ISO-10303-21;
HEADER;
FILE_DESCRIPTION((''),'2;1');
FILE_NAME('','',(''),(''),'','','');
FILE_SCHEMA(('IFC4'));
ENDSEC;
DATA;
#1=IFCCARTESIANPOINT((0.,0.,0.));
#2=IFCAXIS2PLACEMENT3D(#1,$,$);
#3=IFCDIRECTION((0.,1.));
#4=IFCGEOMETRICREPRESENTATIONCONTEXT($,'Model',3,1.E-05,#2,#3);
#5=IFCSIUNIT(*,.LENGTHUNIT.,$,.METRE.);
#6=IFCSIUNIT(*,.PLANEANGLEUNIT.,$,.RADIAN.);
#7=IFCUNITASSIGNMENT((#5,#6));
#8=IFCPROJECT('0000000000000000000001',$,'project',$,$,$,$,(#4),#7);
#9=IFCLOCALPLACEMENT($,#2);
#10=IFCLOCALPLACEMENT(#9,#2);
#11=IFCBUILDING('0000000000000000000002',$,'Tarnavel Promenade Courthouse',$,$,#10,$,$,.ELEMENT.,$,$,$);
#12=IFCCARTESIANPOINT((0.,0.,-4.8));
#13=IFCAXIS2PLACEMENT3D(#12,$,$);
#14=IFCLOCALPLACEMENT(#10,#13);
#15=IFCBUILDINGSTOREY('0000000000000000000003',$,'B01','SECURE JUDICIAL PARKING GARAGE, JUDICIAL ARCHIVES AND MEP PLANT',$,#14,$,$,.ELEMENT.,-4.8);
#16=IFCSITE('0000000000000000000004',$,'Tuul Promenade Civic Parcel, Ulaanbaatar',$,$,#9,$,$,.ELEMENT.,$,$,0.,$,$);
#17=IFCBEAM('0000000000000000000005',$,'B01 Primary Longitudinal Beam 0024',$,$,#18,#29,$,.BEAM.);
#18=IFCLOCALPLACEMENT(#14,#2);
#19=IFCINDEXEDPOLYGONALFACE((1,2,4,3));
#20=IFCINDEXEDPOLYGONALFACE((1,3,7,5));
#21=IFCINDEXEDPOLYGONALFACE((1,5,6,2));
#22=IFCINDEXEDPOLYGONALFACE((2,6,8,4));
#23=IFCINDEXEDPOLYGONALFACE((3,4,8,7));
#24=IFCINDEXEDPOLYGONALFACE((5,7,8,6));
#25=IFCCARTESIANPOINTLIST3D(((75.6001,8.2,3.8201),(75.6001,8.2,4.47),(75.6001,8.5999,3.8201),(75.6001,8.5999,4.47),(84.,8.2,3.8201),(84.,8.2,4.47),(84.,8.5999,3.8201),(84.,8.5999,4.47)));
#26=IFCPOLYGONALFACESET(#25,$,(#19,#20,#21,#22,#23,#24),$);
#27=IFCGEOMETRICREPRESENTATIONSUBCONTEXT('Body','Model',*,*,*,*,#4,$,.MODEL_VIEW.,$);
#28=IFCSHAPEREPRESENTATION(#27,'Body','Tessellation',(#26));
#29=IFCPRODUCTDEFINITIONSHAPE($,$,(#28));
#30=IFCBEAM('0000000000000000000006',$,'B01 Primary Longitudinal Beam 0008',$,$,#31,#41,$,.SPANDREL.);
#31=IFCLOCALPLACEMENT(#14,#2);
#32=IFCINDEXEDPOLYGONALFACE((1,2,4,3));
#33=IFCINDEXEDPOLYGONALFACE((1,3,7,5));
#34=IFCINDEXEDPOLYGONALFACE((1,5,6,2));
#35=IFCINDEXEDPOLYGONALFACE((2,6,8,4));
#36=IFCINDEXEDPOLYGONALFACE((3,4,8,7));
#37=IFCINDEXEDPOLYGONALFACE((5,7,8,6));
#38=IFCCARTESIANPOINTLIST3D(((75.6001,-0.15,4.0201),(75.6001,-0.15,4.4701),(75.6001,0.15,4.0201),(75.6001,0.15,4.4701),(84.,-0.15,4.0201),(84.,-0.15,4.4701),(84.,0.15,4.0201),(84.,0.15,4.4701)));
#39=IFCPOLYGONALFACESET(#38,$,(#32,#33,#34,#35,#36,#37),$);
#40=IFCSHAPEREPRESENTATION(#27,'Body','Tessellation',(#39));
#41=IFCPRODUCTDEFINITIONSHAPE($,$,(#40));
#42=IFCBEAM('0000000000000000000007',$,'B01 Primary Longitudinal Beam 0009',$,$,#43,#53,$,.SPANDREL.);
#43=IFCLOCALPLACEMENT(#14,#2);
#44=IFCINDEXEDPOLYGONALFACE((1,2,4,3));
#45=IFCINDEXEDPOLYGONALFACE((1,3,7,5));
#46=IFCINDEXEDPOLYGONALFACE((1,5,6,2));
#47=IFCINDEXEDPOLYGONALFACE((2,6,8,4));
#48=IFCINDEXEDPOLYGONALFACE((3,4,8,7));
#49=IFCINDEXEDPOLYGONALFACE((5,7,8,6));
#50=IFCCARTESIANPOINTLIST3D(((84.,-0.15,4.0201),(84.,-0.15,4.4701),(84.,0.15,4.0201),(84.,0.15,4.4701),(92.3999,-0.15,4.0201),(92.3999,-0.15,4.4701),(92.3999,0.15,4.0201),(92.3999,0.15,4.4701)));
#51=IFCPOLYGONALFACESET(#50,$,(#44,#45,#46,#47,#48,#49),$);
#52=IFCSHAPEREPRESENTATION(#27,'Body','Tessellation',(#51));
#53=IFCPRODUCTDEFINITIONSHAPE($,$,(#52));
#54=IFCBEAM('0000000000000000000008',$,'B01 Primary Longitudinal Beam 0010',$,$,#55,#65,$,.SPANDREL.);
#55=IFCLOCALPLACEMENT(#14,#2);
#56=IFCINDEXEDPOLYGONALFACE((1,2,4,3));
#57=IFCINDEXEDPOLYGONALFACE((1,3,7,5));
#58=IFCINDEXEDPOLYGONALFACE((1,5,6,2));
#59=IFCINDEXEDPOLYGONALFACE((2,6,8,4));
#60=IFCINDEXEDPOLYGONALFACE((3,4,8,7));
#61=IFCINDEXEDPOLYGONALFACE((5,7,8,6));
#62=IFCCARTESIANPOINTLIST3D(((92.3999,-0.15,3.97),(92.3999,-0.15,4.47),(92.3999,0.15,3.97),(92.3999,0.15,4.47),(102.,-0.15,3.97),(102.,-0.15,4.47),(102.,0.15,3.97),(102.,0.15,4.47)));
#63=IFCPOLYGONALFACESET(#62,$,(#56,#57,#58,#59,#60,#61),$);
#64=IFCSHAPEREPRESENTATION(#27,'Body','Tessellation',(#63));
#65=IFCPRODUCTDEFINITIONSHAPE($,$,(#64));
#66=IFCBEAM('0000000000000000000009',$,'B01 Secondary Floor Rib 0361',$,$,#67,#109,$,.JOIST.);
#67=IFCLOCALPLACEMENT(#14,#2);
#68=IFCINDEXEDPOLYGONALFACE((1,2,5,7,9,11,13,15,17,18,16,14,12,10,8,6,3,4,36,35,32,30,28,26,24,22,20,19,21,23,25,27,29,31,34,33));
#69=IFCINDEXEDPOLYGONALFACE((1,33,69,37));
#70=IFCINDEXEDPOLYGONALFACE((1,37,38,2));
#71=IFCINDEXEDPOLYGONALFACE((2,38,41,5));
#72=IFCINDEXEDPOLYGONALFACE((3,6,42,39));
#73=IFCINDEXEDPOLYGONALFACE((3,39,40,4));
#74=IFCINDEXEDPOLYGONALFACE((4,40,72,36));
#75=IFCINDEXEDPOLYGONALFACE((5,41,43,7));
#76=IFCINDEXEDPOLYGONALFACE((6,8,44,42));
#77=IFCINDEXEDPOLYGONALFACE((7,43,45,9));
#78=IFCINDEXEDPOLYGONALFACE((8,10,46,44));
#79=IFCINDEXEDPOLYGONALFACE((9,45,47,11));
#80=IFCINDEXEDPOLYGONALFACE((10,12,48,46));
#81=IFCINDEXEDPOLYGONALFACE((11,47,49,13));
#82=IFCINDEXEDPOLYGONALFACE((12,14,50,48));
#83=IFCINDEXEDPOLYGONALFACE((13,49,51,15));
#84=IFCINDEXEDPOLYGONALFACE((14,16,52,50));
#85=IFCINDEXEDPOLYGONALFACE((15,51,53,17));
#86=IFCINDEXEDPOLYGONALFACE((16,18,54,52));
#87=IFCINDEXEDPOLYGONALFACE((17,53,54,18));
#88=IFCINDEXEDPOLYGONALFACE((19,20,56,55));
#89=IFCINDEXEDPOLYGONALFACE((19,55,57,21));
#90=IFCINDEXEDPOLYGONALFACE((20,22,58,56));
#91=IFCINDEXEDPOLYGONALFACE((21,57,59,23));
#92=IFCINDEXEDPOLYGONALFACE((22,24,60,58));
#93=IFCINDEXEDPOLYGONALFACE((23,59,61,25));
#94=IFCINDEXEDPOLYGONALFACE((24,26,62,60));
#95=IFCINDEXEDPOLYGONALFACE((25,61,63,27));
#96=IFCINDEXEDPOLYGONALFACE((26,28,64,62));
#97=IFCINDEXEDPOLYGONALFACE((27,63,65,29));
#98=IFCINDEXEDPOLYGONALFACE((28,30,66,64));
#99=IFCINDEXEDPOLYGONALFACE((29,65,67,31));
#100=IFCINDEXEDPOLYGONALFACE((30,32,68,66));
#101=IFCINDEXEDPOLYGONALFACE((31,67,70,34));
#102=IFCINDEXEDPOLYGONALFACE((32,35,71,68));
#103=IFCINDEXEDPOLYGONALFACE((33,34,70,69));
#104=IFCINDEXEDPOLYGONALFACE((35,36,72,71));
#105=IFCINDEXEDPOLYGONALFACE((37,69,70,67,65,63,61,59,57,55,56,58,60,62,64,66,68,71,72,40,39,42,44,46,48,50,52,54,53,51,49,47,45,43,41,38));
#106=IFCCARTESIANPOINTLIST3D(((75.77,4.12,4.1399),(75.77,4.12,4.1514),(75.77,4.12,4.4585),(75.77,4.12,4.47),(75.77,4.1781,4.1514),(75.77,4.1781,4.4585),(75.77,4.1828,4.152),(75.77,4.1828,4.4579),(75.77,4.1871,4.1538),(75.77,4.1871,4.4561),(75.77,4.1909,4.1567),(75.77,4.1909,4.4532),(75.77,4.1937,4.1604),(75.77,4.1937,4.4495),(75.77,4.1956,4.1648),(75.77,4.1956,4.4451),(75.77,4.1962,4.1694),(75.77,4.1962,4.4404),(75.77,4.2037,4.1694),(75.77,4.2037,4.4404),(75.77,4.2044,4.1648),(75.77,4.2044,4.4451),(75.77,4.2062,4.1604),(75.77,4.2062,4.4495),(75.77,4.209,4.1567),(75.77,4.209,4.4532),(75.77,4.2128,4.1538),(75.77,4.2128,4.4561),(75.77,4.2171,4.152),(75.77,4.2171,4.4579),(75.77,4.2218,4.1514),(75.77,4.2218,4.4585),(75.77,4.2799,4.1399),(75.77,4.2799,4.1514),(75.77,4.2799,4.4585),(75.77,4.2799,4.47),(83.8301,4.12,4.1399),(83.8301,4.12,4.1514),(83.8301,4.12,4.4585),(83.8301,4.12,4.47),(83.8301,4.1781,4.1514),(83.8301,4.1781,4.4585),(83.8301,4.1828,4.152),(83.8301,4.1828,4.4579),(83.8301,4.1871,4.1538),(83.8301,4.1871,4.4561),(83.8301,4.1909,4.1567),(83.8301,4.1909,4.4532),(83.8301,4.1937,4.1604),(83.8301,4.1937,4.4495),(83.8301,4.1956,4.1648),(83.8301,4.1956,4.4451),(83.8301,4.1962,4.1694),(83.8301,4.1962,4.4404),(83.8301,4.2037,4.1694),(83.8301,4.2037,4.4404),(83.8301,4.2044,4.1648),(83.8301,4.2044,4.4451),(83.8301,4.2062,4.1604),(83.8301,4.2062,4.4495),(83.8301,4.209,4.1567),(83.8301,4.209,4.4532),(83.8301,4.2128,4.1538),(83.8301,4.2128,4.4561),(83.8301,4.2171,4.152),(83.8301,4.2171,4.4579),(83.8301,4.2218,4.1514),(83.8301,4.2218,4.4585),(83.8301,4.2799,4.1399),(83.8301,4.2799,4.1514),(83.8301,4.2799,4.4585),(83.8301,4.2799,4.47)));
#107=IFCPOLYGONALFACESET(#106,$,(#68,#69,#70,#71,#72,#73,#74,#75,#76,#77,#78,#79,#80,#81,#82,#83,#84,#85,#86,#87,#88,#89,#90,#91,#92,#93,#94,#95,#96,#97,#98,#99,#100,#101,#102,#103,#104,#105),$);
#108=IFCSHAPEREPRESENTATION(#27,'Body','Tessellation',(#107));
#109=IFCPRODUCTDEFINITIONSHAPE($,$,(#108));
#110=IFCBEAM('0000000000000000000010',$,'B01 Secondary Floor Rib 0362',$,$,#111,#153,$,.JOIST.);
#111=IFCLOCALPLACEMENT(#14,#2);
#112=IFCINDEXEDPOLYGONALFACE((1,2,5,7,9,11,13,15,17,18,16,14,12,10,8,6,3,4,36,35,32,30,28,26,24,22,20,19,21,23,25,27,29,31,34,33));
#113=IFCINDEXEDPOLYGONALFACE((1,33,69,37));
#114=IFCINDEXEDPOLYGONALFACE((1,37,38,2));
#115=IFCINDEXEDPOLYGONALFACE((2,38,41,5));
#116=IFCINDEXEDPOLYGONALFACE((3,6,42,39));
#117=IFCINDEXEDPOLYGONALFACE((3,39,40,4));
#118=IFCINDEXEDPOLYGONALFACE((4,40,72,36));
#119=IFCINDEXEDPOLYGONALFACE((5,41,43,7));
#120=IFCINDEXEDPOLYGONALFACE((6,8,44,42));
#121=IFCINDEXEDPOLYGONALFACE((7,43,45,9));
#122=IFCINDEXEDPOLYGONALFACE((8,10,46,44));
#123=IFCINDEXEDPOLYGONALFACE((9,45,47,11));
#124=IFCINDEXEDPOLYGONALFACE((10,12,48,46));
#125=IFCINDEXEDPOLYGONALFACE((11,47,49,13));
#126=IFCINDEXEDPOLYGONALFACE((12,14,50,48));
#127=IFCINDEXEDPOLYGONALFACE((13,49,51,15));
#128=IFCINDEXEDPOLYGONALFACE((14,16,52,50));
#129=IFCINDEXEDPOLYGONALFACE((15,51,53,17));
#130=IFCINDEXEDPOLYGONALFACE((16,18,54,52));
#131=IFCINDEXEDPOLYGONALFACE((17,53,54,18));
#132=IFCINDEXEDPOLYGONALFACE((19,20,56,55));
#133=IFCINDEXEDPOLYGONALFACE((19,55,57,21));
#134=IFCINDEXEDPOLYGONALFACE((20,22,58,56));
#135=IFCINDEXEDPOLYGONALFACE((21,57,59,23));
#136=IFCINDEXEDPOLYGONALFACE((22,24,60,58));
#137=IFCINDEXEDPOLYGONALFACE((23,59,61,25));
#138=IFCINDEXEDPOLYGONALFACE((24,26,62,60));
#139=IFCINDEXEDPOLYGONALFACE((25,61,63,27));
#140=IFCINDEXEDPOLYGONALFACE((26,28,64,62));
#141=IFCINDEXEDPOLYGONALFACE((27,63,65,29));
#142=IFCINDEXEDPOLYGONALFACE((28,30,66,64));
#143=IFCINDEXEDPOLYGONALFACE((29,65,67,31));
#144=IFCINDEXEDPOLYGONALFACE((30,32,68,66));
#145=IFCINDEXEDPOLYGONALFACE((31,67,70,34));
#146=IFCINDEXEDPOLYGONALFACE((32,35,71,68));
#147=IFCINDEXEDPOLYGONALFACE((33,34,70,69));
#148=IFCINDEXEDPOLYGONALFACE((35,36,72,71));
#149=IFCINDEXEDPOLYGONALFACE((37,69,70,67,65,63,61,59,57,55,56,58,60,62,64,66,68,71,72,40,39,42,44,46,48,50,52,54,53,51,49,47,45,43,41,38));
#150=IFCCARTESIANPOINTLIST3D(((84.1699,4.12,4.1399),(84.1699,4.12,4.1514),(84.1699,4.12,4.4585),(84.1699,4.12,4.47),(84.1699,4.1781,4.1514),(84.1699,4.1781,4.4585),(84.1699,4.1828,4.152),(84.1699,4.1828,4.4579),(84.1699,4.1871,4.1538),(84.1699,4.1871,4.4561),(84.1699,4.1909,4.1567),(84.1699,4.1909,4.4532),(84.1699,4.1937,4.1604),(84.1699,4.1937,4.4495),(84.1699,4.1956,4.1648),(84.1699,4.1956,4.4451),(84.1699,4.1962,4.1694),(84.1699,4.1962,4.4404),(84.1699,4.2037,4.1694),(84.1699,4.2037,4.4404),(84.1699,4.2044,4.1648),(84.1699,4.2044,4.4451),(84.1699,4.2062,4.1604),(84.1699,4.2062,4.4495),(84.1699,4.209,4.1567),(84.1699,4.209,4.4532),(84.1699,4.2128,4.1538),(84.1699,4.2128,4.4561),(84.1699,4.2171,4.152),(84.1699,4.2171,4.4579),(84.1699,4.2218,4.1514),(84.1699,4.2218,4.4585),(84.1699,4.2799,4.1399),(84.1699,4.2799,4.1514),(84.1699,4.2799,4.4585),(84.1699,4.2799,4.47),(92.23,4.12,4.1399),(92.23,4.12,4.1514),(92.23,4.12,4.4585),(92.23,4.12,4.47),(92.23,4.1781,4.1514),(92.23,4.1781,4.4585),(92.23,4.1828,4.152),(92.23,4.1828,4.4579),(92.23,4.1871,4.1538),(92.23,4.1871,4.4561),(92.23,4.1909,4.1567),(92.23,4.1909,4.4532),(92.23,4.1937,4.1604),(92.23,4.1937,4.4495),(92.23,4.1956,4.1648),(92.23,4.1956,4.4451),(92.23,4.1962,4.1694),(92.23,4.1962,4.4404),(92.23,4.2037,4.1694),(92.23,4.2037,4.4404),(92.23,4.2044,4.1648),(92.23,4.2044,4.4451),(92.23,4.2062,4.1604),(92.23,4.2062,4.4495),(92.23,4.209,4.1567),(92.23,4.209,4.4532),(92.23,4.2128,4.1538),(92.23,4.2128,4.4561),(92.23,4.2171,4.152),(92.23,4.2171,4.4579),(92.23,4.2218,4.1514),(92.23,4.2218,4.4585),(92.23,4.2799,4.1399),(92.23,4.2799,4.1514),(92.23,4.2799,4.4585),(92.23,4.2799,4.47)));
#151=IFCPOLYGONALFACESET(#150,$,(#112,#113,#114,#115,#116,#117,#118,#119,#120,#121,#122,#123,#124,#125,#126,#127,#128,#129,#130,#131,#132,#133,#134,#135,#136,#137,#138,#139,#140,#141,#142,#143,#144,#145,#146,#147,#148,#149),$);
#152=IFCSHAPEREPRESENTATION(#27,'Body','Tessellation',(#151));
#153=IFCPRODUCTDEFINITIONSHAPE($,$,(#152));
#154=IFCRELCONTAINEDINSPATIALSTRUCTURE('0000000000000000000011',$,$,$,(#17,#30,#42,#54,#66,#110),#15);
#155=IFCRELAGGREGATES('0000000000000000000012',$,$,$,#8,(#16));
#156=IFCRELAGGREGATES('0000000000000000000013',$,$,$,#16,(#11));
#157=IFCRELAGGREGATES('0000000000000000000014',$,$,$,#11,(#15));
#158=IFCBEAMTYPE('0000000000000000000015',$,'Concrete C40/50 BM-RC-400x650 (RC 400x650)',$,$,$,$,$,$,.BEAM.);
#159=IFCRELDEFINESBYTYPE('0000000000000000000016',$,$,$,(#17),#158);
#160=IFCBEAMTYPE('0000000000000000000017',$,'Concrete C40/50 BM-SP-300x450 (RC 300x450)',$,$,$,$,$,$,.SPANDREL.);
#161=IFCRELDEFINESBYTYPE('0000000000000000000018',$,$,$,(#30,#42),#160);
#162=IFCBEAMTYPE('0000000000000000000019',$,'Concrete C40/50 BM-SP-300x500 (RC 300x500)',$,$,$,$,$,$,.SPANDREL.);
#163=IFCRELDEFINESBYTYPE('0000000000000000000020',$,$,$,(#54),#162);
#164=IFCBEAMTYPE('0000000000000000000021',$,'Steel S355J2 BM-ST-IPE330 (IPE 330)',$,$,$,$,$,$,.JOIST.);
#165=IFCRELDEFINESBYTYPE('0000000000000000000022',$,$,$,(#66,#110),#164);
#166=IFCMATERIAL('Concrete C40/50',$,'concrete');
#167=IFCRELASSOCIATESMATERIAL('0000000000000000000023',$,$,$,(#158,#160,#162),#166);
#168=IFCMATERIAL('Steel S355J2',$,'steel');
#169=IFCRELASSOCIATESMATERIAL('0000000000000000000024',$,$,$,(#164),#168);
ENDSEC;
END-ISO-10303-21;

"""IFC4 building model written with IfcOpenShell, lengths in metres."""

from ifc_helpers import new_model, si_unit, direction, frame, origin, origin_2d, place, context, subcontext, project, spatial, rectangle, i_section, extrude, material, material_profile, profile_set, type_object, element, save


model = new_model("IFC4")

# Units and contexts
model_context = context("Model", 3, precision=1e-05, world=origin(), true_north=direction((0.0, 1.0)))
body_context = subcontext(model_context, "Body", "Model", "MODEL_VIEW")
ifc_project = project(units=[si_unit("LENGTHUNIT", "METRE"), si_unit("PLANEANGLEUNIT", "RADIAN")], contexts=[model_context])

# Site, building, storey
site_placement = place(None, origin())
site = spatial("IfcSite", under=ifc_project, at=site_placement, Name="Tuul Promenade Civic Parcel, Ulaanbaatar", CompositionType="ELEMENT", RefElevation=0.0)
building_placement = place(site_placement, origin())
building = spatial("IfcBuilding", under=site, at=building_placement, Name="Tarnavel Promenade Courthouse", CompositionType="ELEMENT")
storey_placement = place(building_placement, frame((0.0, 0.0, -4.8)))
storey = spatial("IfcBuildingStorey", under=building, at=storey_placement, Name="B01", Description="SECURE JUDICIAL PARKING GARAGE, JUDICIAL ARCHIVES AND MEP PLANT", CompositionType="ELEMENT", Elevation=-4.8)

# Shared definitions
ifc_material_1 = material(Name="Concrete C40/50", Category="concrete")

# Beams
ifc_material_profile_1 = material_profile(ifc_material_1, rectangle(XDim=0.3999, YDim=0.6499, at=origin_2d()), Name="RC 400x650")
ifc_profile_set_1 = profile_set([ifc_material_profile_1], Name="Concrete C40/50")
beam_type_1 = type_object("IfcBeamType", Name="Concrete C40/50 BM-RC-400x650 (RC 400x650)", PredefinedType="BEAM", material=ifc_profile_set_1)
beam_1_placement = place(storey_placement, frame((75.6001, 8.3999, 4.145), z_axis=(1.0, 0.0, 0.0), x_axis=(0.0, 1.0, 0.0)))
element("IfcBeam", 1, at=beam_1_placement, inside=storey, type_object=beam_type_1, Name="B01 Primary Longitudinal Beam 0024", PredefinedType="BEAM", context=body_context, shape_type="SweptSolid", body=[
    extrude(rectangle(XDim=0.3999, YDim=0.6499, at=origin_2d()), origin(), (0.0, 0.0, 1.0), 8.3999),
])
ifc_material_profile_2 = material_profile(ifc_material_1, rectangle(XDim=0.3, YDim=0.45, at=origin_2d()), Name="RC 300x450")
ifc_profile_set_2 = profile_set([ifc_material_profile_2], Name="Concrete C40/50")
beam_type_2 = type_object("IfcBeamType", Name="Concrete C40/50 BM-SP-300x450 (RC 300x450)", PredefinedType="SPANDREL", material=ifc_profile_set_2)
for number, where, z_axis, x_axis, name in (
    (2, (75.6001, 0.0, 4.2451), (1.0, 0.0, 0.0), (0.0, 1.0, 0.0), "B01 Primary Longitudinal Beam 0008"),
    (3, (84.0, 0.0, 4.2451), (1.0, 0.0, 0.0), (0.0, 1.0, 0.0), "B01 Primary Longitudinal Beam 0009"),
):
    element("IfcBeam", number, at=place(storey_placement, frame(where, z_axis=z_axis, x_axis=x_axis)), inside=storey, type_object=beam_type_2, Name=name, PredefinedType="SPANDREL", context=body_context, shape_type="SweptSolid", body=[
        extrude(rectangle(XDim=0.3, YDim=0.45, at=origin_2d()), origin(), (0.0, 0.0, 1.0), 8.3999),
    ])
ifc_material_profile_3 = material_profile(ifc_material_1, rectangle(XDim=0.3, YDim=0.5, at=origin_2d()), Name="RC 300x500")
ifc_profile_set_3 = profile_set([ifc_material_profile_3], Name="Concrete C40/50")
beam_type_3 = type_object("IfcBeamType", Name="Concrete C40/50 BM-SP-300x500 (RC 300x500)", PredefinedType="SPANDREL", material=ifc_profile_set_3)
beam_2_placement = place(storey_placement, frame((92.3999, 0.0, 4.22), z_axis=(1.0, 0.0, 0.0), x_axis=(0.0, 1.0, 0.0)))
element("IfcBeam", 4, at=beam_2_placement, inside=storey, type_object=beam_type_3, Name="B01 Primary Longitudinal Beam 0010", PredefinedType="SPANDREL", context=body_context, shape_type="SweptSolid", body=[
    extrude(rectangle(XDim=0.3, YDim=0.5, at=origin_2d()), origin(), (0.0, 0.0, 1.0), 9.6001),
])
ifc_material_2 = material(Name="Steel S355J2", Category="steel")
ifc_material_profile_4 = material_profile(ifc_material_2, i_section(OverallWidth=0.1599, OverallDepth=0.3301, WebThickness=0.0076, FlangeThickness=0.0115, FilletRadius=0.0181, at=origin_2d()), Name="IPE 330")
ifc_profile_set_4 = profile_set([ifc_material_profile_4], Name="Steel S355J2")
beam_type_4 = type_object("IfcBeamType", Name="Steel S355J2 BM-ST-IPE330 (IPE 330)", PredefinedType="JOIST", material=ifc_profile_set_4)
for number, where, z_axis, x_axis, name in (
    (5, (75.77, 4.2, 4.3049), (1.0, 0.0, 0.0), (0.0, 1.0, 0.0), "B01 Secondary Floor Rib 0361"),
    (6, (84.1699, 4.2, 4.3049), (1.0, 0.0, 0.0), (0.0, 1.0, 0.0), "B01 Secondary Floor Rib 0362"),
):
    element("IfcBeam", number, at=place(storey_placement, frame(where, z_axis=z_axis, x_axis=x_axis)), inside=storey, type_object=beam_type_4, Name=name, PredefinedType="JOIST", context=body_context, shape_type="SweptSolid", body=[
        extrude(i_section(OverallWidth=0.1599, OverallDepth=0.3301, WebThickness=0.0076, FlangeThickness=0.0115, FilletRadius=0.0181, at=origin_2d()), origin(), (0.0, 0.0, 1.0), 8.0601),
    ])

save(model, "model.ifc")
